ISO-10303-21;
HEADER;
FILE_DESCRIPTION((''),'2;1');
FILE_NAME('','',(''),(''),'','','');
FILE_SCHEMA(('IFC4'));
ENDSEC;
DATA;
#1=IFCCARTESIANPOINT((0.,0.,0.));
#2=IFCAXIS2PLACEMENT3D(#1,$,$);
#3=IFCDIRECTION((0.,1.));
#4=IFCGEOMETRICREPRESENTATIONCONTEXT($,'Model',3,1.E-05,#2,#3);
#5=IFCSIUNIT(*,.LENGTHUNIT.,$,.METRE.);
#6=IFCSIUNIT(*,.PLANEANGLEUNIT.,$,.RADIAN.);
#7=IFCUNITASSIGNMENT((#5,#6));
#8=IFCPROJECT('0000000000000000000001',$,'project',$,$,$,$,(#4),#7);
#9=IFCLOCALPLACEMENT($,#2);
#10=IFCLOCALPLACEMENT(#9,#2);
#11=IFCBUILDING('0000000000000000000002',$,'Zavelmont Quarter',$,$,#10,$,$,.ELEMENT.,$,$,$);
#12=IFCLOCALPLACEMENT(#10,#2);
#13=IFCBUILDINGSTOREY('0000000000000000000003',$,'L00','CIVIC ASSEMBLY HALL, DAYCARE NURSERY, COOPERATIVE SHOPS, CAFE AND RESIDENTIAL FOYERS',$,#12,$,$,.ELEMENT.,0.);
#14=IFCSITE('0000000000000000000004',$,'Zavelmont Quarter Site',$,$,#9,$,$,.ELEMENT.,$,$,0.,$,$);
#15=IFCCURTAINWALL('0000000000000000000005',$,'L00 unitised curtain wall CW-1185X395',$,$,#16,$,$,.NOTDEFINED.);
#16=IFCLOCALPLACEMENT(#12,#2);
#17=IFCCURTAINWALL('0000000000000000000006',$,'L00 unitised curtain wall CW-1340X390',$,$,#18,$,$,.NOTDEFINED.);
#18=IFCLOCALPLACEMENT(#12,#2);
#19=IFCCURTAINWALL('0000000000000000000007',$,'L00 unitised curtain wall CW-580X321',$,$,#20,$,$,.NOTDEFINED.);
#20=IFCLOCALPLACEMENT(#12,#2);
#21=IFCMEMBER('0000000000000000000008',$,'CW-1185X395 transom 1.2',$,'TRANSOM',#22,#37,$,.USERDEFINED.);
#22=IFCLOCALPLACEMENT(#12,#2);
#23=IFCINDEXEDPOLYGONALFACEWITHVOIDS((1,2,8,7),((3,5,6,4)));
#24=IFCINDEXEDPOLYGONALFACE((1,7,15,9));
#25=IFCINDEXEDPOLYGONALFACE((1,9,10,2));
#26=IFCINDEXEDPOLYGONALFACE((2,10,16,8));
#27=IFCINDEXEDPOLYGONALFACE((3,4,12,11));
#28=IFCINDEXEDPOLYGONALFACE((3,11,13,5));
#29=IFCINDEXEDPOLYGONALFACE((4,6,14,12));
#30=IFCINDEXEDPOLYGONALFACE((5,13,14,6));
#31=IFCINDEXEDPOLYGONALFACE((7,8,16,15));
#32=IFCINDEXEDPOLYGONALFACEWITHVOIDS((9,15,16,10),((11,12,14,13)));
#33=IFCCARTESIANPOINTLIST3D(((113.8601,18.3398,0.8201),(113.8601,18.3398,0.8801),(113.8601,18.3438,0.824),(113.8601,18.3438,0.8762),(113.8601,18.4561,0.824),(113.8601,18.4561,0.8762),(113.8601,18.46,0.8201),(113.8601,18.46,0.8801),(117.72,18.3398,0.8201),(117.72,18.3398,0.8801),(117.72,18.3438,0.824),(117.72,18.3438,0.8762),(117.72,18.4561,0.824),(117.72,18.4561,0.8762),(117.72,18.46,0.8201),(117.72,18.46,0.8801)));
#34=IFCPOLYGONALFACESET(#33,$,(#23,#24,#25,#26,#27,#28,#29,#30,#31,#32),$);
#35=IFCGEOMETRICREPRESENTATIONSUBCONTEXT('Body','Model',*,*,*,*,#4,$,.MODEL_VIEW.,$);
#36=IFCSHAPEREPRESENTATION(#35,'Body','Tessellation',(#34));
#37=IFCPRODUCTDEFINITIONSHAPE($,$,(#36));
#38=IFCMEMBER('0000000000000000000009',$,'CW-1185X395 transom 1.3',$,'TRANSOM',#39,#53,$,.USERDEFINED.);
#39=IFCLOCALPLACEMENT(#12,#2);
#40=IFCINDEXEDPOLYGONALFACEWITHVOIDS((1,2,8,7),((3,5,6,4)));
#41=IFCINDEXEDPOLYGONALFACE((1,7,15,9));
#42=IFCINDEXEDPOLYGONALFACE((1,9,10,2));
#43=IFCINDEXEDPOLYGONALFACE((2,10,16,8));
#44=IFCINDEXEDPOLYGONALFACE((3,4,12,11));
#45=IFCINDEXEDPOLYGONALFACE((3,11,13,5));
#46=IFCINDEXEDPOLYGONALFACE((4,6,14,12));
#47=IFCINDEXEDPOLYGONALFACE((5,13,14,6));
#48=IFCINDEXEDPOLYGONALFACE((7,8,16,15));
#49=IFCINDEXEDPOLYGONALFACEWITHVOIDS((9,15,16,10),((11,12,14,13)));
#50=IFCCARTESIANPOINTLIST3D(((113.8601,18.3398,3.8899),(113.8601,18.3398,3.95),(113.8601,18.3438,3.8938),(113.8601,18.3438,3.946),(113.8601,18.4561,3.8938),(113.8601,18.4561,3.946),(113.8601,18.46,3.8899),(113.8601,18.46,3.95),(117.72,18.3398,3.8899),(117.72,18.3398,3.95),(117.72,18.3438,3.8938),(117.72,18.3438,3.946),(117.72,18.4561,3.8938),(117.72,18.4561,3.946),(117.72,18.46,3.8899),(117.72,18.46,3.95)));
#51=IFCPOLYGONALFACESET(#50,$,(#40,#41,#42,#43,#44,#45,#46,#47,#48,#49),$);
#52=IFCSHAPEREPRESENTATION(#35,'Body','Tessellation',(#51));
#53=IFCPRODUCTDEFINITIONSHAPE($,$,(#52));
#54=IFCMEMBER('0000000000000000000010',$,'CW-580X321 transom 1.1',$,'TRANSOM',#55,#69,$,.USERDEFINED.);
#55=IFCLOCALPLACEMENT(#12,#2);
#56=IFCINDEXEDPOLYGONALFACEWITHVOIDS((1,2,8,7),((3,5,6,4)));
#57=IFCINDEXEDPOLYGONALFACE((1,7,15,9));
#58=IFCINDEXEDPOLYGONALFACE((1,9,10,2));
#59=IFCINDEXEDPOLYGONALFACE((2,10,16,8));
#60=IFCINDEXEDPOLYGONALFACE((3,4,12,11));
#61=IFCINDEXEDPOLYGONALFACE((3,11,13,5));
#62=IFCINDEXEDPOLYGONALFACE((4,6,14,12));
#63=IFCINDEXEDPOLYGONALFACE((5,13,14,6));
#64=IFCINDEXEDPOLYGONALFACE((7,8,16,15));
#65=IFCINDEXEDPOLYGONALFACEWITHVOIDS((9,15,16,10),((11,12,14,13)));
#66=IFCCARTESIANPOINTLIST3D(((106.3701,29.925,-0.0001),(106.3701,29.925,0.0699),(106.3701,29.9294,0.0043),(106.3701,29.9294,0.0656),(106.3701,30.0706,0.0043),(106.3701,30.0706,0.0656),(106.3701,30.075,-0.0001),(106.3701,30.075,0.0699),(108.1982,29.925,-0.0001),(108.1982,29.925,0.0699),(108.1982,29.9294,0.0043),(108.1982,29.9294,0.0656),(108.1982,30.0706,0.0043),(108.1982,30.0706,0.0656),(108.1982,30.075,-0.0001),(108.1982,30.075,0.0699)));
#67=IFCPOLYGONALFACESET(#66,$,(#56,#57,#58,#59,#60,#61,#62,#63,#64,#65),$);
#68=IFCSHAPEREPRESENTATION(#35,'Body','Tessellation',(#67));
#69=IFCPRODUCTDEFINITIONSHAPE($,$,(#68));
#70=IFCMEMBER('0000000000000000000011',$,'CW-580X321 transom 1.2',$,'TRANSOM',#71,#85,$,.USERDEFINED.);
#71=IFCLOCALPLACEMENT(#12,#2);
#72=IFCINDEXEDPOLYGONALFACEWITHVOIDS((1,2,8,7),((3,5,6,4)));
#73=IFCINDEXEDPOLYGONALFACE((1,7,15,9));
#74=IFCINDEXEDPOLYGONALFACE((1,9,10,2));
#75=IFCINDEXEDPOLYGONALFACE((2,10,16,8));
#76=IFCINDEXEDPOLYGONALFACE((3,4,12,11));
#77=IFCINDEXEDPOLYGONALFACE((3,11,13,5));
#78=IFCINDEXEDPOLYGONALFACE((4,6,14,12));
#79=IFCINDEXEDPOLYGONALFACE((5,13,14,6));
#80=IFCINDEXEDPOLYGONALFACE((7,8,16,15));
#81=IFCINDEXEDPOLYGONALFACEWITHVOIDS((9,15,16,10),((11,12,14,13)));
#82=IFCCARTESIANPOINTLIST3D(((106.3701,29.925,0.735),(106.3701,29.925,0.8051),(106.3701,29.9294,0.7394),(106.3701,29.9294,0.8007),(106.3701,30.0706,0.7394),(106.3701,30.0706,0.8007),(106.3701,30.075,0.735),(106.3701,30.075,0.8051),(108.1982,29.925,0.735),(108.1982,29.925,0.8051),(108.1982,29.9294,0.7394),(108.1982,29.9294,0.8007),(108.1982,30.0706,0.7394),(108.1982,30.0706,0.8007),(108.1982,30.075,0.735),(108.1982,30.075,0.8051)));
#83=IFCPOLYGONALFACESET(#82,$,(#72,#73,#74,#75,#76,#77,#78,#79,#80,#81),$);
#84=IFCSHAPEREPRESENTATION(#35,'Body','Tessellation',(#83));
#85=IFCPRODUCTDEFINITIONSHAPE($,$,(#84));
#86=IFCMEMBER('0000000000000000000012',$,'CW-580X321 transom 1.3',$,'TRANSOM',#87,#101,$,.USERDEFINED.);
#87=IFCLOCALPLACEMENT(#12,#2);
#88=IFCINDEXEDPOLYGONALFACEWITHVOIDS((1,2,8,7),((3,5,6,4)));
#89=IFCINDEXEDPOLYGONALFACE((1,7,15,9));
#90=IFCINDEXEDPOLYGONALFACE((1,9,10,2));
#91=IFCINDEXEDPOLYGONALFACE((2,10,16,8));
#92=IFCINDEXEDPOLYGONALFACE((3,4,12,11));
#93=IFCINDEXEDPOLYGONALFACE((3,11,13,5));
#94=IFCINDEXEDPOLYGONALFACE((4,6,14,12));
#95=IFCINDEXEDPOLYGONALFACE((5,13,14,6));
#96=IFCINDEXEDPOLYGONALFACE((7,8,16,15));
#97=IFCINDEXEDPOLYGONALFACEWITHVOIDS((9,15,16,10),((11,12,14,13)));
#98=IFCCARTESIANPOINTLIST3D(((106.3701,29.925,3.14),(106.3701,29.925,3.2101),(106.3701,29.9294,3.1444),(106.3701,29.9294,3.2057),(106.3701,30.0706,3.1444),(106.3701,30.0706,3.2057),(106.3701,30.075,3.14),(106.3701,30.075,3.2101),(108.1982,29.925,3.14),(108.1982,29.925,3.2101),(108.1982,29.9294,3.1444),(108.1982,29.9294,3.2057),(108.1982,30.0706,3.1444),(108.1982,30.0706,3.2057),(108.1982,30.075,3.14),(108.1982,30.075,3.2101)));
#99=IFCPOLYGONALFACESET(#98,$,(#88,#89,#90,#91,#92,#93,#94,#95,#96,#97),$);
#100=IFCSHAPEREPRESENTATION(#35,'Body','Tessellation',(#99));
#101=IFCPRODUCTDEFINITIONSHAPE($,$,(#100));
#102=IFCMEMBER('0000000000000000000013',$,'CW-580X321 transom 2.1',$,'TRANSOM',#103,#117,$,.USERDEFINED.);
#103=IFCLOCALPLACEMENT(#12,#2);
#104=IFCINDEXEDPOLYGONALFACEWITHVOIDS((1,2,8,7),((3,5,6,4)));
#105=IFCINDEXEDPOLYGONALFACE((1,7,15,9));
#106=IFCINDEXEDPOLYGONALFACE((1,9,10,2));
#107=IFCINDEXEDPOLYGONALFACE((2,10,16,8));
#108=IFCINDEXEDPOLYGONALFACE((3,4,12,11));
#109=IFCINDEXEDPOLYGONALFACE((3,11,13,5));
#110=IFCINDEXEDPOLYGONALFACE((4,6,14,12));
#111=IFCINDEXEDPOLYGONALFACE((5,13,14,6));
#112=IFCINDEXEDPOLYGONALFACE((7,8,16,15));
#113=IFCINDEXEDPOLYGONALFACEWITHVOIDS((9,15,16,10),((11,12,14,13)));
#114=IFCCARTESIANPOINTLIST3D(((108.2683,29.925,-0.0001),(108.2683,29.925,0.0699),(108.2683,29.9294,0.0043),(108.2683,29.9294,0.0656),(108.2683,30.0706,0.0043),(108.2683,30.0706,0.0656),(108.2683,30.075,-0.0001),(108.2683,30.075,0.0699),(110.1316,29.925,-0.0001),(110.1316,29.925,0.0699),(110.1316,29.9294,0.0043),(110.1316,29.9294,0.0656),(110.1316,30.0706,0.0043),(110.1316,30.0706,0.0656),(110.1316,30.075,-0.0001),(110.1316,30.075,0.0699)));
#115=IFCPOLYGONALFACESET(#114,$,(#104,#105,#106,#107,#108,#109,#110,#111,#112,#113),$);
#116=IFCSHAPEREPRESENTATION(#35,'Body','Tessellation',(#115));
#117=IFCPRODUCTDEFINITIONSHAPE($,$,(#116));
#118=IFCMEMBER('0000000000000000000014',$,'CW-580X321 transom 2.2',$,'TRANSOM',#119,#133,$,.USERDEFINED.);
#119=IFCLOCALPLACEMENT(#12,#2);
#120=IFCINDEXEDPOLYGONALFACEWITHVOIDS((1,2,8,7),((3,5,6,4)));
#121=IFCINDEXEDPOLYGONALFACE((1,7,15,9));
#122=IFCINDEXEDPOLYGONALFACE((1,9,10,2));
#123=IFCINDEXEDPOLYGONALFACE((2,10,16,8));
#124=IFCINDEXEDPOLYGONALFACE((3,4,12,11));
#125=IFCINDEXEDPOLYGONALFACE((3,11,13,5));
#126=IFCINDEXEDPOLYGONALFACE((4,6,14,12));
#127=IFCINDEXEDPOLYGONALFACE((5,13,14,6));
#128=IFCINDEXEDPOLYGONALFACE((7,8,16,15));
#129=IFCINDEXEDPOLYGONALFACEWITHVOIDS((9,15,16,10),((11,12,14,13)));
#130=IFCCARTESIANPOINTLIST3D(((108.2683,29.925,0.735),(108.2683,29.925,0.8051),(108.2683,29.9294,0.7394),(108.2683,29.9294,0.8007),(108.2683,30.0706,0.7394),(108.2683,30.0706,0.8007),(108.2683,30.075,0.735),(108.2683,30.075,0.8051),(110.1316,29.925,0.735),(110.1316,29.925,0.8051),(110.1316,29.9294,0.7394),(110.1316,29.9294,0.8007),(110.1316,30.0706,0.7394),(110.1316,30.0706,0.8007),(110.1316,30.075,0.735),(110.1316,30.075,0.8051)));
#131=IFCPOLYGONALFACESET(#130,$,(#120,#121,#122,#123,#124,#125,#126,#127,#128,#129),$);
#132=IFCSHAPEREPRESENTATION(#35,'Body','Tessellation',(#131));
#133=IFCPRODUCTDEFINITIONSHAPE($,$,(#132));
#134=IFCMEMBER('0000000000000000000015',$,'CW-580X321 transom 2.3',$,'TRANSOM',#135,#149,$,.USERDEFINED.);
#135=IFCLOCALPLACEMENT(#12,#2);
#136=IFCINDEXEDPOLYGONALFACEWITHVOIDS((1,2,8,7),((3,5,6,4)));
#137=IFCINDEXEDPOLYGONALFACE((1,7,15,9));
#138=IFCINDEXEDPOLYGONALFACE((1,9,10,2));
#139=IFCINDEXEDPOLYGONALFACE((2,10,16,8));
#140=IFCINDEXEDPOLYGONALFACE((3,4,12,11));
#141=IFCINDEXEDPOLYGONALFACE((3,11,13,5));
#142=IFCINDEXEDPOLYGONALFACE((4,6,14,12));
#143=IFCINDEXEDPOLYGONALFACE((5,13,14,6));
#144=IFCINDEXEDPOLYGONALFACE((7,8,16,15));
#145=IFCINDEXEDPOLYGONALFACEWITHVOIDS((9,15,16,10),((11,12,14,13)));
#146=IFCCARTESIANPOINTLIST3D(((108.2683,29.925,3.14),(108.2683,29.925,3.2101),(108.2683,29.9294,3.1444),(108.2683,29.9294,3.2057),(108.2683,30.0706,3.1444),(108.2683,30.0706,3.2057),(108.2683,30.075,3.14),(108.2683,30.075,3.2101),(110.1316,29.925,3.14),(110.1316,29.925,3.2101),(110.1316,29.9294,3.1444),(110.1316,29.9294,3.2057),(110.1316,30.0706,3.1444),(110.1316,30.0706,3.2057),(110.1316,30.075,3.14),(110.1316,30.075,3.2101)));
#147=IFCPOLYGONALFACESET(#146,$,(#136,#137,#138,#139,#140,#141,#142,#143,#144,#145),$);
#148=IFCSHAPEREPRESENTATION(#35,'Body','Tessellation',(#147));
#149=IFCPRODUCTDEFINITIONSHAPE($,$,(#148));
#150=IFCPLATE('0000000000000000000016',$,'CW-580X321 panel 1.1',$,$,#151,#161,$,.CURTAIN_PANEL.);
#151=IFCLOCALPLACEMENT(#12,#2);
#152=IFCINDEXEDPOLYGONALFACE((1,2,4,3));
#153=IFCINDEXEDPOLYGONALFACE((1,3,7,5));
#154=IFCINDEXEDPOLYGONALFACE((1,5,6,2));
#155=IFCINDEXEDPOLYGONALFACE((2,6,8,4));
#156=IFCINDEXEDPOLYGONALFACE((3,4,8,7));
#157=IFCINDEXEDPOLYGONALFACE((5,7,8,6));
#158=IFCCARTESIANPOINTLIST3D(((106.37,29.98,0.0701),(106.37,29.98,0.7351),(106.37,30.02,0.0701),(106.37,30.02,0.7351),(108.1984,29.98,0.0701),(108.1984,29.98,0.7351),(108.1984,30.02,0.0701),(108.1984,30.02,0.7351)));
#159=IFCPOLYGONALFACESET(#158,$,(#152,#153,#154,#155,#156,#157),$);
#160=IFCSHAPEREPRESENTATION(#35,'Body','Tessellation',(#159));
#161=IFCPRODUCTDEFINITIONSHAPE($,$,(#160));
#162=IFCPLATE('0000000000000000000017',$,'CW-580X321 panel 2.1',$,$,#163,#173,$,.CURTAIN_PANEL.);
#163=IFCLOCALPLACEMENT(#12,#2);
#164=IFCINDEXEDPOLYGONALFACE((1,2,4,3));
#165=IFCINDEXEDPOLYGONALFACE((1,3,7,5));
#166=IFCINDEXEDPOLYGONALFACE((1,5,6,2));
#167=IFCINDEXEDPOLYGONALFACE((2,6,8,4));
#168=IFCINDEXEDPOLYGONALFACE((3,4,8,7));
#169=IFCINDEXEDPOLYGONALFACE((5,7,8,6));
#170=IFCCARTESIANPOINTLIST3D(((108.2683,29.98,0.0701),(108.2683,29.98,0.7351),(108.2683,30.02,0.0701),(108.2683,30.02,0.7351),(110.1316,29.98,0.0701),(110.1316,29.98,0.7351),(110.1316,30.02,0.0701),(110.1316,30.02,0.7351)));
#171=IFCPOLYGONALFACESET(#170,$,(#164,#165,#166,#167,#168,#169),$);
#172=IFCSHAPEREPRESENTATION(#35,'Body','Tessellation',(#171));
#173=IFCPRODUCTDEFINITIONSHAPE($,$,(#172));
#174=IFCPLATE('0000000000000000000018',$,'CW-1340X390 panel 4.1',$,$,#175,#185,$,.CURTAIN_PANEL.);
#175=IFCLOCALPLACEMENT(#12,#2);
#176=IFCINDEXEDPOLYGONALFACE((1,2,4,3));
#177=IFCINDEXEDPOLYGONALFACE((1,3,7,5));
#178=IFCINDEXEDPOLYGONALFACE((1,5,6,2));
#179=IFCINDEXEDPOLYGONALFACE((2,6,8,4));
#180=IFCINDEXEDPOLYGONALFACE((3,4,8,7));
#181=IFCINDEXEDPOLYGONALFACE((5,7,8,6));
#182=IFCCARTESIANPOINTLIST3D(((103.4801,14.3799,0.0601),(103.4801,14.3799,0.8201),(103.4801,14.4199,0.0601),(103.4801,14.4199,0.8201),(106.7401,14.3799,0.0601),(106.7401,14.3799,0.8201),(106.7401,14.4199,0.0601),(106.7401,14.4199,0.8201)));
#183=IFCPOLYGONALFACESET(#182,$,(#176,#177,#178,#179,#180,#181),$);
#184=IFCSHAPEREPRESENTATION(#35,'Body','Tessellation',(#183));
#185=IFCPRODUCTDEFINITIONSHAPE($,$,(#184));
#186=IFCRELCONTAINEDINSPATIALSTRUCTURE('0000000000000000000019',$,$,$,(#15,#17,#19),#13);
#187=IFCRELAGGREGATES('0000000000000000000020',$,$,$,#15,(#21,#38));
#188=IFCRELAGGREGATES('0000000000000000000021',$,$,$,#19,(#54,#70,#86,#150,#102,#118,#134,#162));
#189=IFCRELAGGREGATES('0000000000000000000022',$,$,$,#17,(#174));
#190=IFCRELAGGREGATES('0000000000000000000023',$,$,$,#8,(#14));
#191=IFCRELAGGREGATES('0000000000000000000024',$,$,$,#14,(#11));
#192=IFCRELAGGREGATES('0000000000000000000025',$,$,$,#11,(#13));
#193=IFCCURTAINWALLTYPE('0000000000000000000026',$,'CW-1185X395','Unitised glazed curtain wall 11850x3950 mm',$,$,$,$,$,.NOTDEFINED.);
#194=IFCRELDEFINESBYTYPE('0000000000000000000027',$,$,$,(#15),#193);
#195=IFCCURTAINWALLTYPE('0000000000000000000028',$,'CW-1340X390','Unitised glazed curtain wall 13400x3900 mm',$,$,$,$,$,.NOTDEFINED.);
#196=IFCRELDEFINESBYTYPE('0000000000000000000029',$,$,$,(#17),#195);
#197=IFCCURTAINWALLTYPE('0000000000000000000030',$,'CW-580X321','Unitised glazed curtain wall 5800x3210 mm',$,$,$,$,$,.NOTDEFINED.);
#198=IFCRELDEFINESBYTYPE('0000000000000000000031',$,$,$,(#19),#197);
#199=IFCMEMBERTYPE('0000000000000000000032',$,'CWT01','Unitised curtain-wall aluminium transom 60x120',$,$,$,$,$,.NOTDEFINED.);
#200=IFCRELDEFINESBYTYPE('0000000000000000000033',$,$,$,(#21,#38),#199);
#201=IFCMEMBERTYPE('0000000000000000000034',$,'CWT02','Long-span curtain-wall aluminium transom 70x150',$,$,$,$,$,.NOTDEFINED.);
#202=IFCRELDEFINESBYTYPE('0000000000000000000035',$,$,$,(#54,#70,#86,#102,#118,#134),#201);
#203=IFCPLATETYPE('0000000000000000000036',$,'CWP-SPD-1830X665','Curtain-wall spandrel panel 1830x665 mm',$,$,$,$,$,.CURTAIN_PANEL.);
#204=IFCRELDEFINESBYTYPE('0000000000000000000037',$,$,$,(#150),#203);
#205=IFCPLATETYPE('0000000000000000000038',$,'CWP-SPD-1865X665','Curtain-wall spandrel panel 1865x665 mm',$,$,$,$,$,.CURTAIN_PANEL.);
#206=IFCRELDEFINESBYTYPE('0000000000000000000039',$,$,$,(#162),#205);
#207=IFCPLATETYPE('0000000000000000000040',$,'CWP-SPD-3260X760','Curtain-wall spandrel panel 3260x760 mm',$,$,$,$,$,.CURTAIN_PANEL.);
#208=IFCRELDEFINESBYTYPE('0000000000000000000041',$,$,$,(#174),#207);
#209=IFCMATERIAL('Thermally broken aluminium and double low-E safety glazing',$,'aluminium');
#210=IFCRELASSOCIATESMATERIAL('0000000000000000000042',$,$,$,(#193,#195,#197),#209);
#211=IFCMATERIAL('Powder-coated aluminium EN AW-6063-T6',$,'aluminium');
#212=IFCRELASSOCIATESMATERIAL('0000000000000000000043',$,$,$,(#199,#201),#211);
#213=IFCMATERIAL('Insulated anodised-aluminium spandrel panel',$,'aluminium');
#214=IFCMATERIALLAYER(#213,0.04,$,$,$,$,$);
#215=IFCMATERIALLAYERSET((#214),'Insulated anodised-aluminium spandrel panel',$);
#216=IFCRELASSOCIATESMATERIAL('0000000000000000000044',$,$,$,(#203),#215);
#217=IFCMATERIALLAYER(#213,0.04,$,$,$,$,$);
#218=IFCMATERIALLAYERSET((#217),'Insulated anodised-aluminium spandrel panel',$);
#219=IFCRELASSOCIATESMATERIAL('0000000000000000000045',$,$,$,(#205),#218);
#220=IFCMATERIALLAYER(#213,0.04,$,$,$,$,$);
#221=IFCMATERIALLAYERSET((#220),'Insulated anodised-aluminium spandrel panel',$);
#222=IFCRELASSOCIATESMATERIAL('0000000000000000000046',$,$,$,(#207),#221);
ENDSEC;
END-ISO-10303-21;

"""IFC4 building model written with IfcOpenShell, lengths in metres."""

from ifc_helpers import new_model, si_unit, direction, frame, origin, origin_2d, place, context, subcontext, project, spatial, rectangle, hollow_rectangle, extrude, material, layer, layer_set, material_profile, profile_set, type_object, element, aggregate, save


model = new_model("IFC4")

# Units and contexts
model_context = context("Model", 3, precision=1e-05, world=origin(), true_north=direction((0.0, 1.0)))
body_context = subcontext(model_context, "Body", "Model", "MODEL_VIEW")
ifc_project = project(units=[si_unit("LENGTHUNIT", "METRE"), si_unit("PLANEANGLEUNIT", "RADIAN")], contexts=[model_context])

# Site, building, storey
site_placement = place(None, origin())
site = spatial("IfcSite", under=ifc_project, at=site_placement, Name="Zavelmont Quarter Site", CompositionType="ELEMENT", RefElevation=0.0)
building_placement = place(site_placement, origin())
building = spatial("IfcBuilding", under=site, at=building_placement, Name="Zavelmont Quarter", CompositionType="ELEMENT")
storey_placement = place(building_placement, origin())
storey = spatial("IfcBuildingStorey", under=building, at=storey_placement, Name="L00", Description="CIVIC ASSEMBLY HALL, DAYCARE NURSERY, COOPERATIVE SHOPS, CAFE AND RESIDENTIAL FOYERS", CompositionType="ELEMENT", Elevation=0.0)

# Curtain walls
ifc_material_1 = material(Name="Thermally broken aluminium and double low-E safety glazing", Category="aluminium")
curtain_wall_type_1 = type_object("IfcCurtainWallType", Name="CW-1185X395", Description="Unitised glazed curtain wall 11850x3950 mm", PredefinedType="NOTDEFINED", material=ifc_material_1)
curtain_wall_1_placement = place(storey_placement, origin())
curtain_wall_1 = element("IfcCurtainWall", 1, at=curtain_wall_1_placement, inside=storey, type_object=curtain_wall_type_1, Name="L00 unitised curtain wall CW-1185X395", PredefinedType="NOTDEFINED")
ifc_material_2 = material(Name="Powder-coated aluminium EN AW-6063-T6", Category="aluminium")
curtain_wall_type_2 = type_object("IfcCurtainWallType", Name="CW-1340X390", Description="Unitised glazed curtain wall 13400x3900 mm", PredefinedType="NOTDEFINED", material=ifc_material_1)
curtain_wall_2_placement = place(storey_placement, origin())
curtain_wall_2 = element("IfcCurtainWall", 2, at=curtain_wall_2_placement, inside=storey, type_object=curtain_wall_type_2, Name="L00 unitised curtain wall CW-1340X390", PredefinedType="NOTDEFINED")
curtain_wall_type_3 = type_object("IfcCurtainWallType", Name="CW-580X321", Description="Unitised glazed curtain wall 5800x3210 mm", PredefinedType="NOTDEFINED", material=ifc_material_1)

# Curtain wall
curtain_wall_3_placement = place(storey_placement, origin())
curtain_wall_3 = element("IfcCurtainWall", 3, at=curtain_wall_3_placement, inside=storey, type_object=curtain_wall_type_3, Name="L00 unitised curtain wall CW-580X321", PredefinedType="NOTDEFINED")

# Members
ifc_material_profile_1 = material_profile(ifc_material_2, hollow_rectangle(XDim=0.1201, YDim=0.0601, WallThickness=0.0039, at=origin_2d()), Name="CWT60X120")
ifc_profile_set_1 = profile_set([ifc_material_profile_1], Name="Powder-coated aluminium EN AW-6063-T6")
member_type_1 = type_object("IfcMemberType", Name="CWT01", Description="Unitised curtain-wall aluminium transom 60x120", PredefinedType="NOTDEFINED", material=ifc_profile_set_1)
member_1_placement = place(storey_placement, frame((113.8601, 18.3999, 0.8501), z_axis=(1.0, 0.0, 0.0), x_axis=(0.0, 1.0, 0.0)))
member_1 = element("IfcMember", 4, at=member_1_placement, type_object=member_type_1, Name="CW-1185X395 transom 1.2", ObjectType="TRANSOM", PredefinedType="USERDEFINED", context=body_context, shape_type="SweptSolid", body=[
    extrude(hollow_rectangle(XDim=0.1201, YDim=0.0601, WallThickness=0.0039, at=origin_2d()), origin(), (0.0, 0.0, 1.0), 3.8599),
])
member_2_placement = place(storey_placement, frame((113.8601, 18.3999, 3.9199), z_axis=(1.0, 0.0, 0.0), x_axis=(0.0, 1.0, 0.0)))
member_2 = element("IfcMember", 5, at=member_2_placement, type_object=member_type_1, Name="CW-1185X395 transom 1.3", ObjectType="TRANSOM", PredefinedType="USERDEFINED", context=body_context, shape_type="SweptSolid", body=[
    extrude(hollow_rectangle(XDim=0.1201, YDim=0.0601, WallThickness=0.0039, at=origin_2d()), origin(), (0.0, 0.0, 1.0), 3.8599),
])
aggregate(curtain_wall_1, [member_1, member_2])
ifc_material_profile_2 = material_profile(ifc_material_2, hollow_rectangle(XDim=0.1499, YDim=0.0701, WallThickness=0.0044, at=origin_2d()), Name="CWT70X150")
ifc_profile_set_2 = profile_set([ifc_material_profile_2], Name="Powder-coated aluminium EN AW-6063-T6")
member_type_2 = type_object("IfcMemberType", Name="CWT02", Description="Long-span curtain-wall aluminium transom 70x150", PredefinedType="NOTDEFINED", material=ifc_profile_set_2)
member_3_placement = place(storey_placement, frame((106.3701, 30.0, 0.0349), z_axis=(1.0, 0.0, 0.0), x_axis=(0.0, 1.0, 0.0)))
member_3 = element("IfcMember", 6, at=member_3_placement, type_object=member_type_2, Name="CW-580X321 transom 1.1", ObjectType="TRANSOM", PredefinedType="USERDEFINED", context=body_context, shape_type="SweptSolid", body=[
    extrude(hollow_rectangle(XDim=0.1499, YDim=0.0701, WallThickness=0.0044, at=origin_2d()), origin(), (0.0, 0.0, 1.0), 1.8281),
])
member_4_placement = place(storey_placement, frame((106.3701, 30.0, 0.77), z_axis=(1.0, 0.0, 0.0), x_axis=(0.0, 1.0, 0.0)))
member_4 = element("IfcMember", 7, at=member_4_placement, type_object=member_type_2, Name="CW-580X321 transom 1.2", ObjectType="TRANSOM", PredefinedType="USERDEFINED", context=body_context, shape_type="SweptSolid", body=[
    extrude(hollow_rectangle(XDim=0.1499, YDim=0.0701, WallThickness=0.0044, at=origin_2d()), origin(), (0.0, 0.0, 1.0), 1.8281),
])
member_5_placement = place(storey_placement, frame((106.3701, 30.0, 3.175), z_axis=(1.0, 0.0, 0.0), x_axis=(0.0, 1.0, 0.0)))
member_5 = element("IfcMember", 8, at=member_5_placement, type_object=member_type_2, Name="CW-580X321 transom 1.3", ObjectType="TRANSOM", PredefinedType="USERDEFINED", context=body_context, shape_type="SweptSolid", body=[
    extrude(hollow_rectangle(XDim=0.1499, YDim=0.0701, WallThickness=0.0044, at=origin_2d()), origin(), (0.0, 0.0, 1.0), 1.8281),
])
member_6_placement = place(storey_placement, frame((108.2683, 30.0, 0.0349), z_axis=(1.0, 0.0, 0.0), x_axis=(0.0, 1.0, 0.0)))
member_6 = element("IfcMember", 9, at=member_6_placement, type_object=member_type_2, Name="CW-580X321 transom 2.1", ObjectType="TRANSOM", PredefinedType="USERDEFINED", context=body_context, shape_type="SweptSolid", body=[
    extrude(hollow_rectangle(XDim=0.1499, YDim=0.0701, WallThickness=0.0044, at=origin_2d()), origin(), (0.0, 0.0, 1.0), 1.8633),
])
member_7_placement = place(storey_placement, frame((108.2683, 30.0, 0.77), z_axis=(1.0, 0.0, 0.0), x_axis=(0.0, 1.0, 0.0)))
member_7 = element("IfcMember", 10, at=member_7_placement, type_object=member_type_2, Name="CW-580X321 transom 2.2", ObjectType="TRANSOM", PredefinedType="USERDEFINED", context=body_context, shape_type="SweptSolid", body=[
    extrude(hollow_rectangle(XDim=0.1499, YDim=0.0701, WallThickness=0.0044, at=origin_2d()), origin(), (0.0, 0.0, 1.0), 1.8633),
])
member_8_placement = place(storey_placement, frame((108.2683, 30.0, 3.175), z_axis=(1.0, 0.0, 0.0), x_axis=(0.0, 1.0, 0.0)))
member_8 = element("IfcMember", 11, at=member_8_placement, type_object=member_type_2, Name="CW-580X321 transom 2.3", ObjectType="TRANSOM", PredefinedType="USERDEFINED", context=body_context, shape_type="SweptSolid", body=[
    extrude(hollow_rectangle(XDim=0.1499, YDim=0.0701, WallThickness=0.0044, at=origin_2d()), origin(), (0.0, 0.0, 1.0), 1.8633),
])

# Plates
ifc_material_3 = material(Name="Insulated anodised-aluminium spandrel panel", Category="aluminium")
ifc_layer_1 = layer(ifc_material_3, 0.04)
ifc_layer_set_1 = layer_set([ifc_layer_1], Name="Insulated anodised-aluminium spandrel panel")
plate_type_1 = type_object("IfcPlateType", Name="CWP-SPD-1830X665", Description="Curtain-wall spandrel panel 1830x665 mm", PredefinedType="CURTAIN_PANEL", material=ifc_layer_set_1)
plate_1_placement = place(storey_placement, frame((107.2842, 30.0, 0.0701), z_axis=(0.0, 0.0, 1.0), x_axis=(1.0, 0.0, 0.0)))
plate_1 = element("IfcPlate", 12, at=plate_1_placement, type_object=plate_type_1, Name="CW-580X321 panel 1.1", PredefinedType="CURTAIN_PANEL", context=body_context, shape_type="SweptSolid", body=[
    extrude(rectangle(XDim=1.8284, YDim=0.04, at=origin_2d()), origin(), (0.0, 0.0, 1.0), 0.665),
])
ifc_layer_2 = layer(ifc_material_3, 0.04)
ifc_layer_set_2 = layer_set([ifc_layer_2], Name="Insulated anodised-aluminium spandrel panel")
plate_type_2 = type_object("IfcPlateType", Name="CWP-SPD-1865X665", Description="Curtain-wall spandrel panel 1865x665 mm", PredefinedType="CURTAIN_PANEL", material=ifc_layer_set_2)
plate_2_placement = place(storey_placement, frame((109.2, 30.0, 0.0701), z_axis=(0.0, 0.0, 1.0), x_axis=(1.0, 0.0, 0.0)))
plate_2 = element("IfcPlate", 13, at=plate_2_placement, type_object=plate_type_2, Name="CW-580X321 panel 2.1", PredefinedType="CURTAIN_PANEL", context=body_context, shape_type="SweptSolid", body=[
    extrude(rectangle(XDim=1.8633, YDim=0.04, at=origin_2d()), origin(), (0.0, 0.0, 1.0), 0.665),
])
ifc_layer_3 = layer(ifc_material_3, 0.04)
ifc_layer_set_3 = layer_set([ifc_layer_3], Name="Insulated anodised-aluminium spandrel panel")
plate_type_3 = type_object("IfcPlateType", Name="CWP-SPD-3260X760", Description="Curtain-wall spandrel panel 3260x760 mm", PredefinedType="CURTAIN_PANEL", material=ifc_layer_set_3)
plate_3_placement = place(storey_placement, frame((105.1101, 14.3999, 0.0601), z_axis=(0.0, 0.0, 1.0), x_axis=(1.0, 0.0, 0.0)))
plate_3 = element("IfcPlate", 14, at=plate_3_placement, type_object=plate_type_3, Name="CW-1340X390 panel 4.1", PredefinedType="CURTAIN_PANEL", context=body_context, shape_type="SweptSolid", body=[
    extrude(rectangle(XDim=3.26, YDim=0.04, at=origin_2d()), origin(), (0.0, 0.0, 1.0), 0.76),
])
aggregate(curtain_wall_3, [member_3, member_4, member_5, plate_1, member_6, member_7, member_8, plate_2])
aggregate(curtain_wall_2, [plate_3])

save(model, "model.ifc")
